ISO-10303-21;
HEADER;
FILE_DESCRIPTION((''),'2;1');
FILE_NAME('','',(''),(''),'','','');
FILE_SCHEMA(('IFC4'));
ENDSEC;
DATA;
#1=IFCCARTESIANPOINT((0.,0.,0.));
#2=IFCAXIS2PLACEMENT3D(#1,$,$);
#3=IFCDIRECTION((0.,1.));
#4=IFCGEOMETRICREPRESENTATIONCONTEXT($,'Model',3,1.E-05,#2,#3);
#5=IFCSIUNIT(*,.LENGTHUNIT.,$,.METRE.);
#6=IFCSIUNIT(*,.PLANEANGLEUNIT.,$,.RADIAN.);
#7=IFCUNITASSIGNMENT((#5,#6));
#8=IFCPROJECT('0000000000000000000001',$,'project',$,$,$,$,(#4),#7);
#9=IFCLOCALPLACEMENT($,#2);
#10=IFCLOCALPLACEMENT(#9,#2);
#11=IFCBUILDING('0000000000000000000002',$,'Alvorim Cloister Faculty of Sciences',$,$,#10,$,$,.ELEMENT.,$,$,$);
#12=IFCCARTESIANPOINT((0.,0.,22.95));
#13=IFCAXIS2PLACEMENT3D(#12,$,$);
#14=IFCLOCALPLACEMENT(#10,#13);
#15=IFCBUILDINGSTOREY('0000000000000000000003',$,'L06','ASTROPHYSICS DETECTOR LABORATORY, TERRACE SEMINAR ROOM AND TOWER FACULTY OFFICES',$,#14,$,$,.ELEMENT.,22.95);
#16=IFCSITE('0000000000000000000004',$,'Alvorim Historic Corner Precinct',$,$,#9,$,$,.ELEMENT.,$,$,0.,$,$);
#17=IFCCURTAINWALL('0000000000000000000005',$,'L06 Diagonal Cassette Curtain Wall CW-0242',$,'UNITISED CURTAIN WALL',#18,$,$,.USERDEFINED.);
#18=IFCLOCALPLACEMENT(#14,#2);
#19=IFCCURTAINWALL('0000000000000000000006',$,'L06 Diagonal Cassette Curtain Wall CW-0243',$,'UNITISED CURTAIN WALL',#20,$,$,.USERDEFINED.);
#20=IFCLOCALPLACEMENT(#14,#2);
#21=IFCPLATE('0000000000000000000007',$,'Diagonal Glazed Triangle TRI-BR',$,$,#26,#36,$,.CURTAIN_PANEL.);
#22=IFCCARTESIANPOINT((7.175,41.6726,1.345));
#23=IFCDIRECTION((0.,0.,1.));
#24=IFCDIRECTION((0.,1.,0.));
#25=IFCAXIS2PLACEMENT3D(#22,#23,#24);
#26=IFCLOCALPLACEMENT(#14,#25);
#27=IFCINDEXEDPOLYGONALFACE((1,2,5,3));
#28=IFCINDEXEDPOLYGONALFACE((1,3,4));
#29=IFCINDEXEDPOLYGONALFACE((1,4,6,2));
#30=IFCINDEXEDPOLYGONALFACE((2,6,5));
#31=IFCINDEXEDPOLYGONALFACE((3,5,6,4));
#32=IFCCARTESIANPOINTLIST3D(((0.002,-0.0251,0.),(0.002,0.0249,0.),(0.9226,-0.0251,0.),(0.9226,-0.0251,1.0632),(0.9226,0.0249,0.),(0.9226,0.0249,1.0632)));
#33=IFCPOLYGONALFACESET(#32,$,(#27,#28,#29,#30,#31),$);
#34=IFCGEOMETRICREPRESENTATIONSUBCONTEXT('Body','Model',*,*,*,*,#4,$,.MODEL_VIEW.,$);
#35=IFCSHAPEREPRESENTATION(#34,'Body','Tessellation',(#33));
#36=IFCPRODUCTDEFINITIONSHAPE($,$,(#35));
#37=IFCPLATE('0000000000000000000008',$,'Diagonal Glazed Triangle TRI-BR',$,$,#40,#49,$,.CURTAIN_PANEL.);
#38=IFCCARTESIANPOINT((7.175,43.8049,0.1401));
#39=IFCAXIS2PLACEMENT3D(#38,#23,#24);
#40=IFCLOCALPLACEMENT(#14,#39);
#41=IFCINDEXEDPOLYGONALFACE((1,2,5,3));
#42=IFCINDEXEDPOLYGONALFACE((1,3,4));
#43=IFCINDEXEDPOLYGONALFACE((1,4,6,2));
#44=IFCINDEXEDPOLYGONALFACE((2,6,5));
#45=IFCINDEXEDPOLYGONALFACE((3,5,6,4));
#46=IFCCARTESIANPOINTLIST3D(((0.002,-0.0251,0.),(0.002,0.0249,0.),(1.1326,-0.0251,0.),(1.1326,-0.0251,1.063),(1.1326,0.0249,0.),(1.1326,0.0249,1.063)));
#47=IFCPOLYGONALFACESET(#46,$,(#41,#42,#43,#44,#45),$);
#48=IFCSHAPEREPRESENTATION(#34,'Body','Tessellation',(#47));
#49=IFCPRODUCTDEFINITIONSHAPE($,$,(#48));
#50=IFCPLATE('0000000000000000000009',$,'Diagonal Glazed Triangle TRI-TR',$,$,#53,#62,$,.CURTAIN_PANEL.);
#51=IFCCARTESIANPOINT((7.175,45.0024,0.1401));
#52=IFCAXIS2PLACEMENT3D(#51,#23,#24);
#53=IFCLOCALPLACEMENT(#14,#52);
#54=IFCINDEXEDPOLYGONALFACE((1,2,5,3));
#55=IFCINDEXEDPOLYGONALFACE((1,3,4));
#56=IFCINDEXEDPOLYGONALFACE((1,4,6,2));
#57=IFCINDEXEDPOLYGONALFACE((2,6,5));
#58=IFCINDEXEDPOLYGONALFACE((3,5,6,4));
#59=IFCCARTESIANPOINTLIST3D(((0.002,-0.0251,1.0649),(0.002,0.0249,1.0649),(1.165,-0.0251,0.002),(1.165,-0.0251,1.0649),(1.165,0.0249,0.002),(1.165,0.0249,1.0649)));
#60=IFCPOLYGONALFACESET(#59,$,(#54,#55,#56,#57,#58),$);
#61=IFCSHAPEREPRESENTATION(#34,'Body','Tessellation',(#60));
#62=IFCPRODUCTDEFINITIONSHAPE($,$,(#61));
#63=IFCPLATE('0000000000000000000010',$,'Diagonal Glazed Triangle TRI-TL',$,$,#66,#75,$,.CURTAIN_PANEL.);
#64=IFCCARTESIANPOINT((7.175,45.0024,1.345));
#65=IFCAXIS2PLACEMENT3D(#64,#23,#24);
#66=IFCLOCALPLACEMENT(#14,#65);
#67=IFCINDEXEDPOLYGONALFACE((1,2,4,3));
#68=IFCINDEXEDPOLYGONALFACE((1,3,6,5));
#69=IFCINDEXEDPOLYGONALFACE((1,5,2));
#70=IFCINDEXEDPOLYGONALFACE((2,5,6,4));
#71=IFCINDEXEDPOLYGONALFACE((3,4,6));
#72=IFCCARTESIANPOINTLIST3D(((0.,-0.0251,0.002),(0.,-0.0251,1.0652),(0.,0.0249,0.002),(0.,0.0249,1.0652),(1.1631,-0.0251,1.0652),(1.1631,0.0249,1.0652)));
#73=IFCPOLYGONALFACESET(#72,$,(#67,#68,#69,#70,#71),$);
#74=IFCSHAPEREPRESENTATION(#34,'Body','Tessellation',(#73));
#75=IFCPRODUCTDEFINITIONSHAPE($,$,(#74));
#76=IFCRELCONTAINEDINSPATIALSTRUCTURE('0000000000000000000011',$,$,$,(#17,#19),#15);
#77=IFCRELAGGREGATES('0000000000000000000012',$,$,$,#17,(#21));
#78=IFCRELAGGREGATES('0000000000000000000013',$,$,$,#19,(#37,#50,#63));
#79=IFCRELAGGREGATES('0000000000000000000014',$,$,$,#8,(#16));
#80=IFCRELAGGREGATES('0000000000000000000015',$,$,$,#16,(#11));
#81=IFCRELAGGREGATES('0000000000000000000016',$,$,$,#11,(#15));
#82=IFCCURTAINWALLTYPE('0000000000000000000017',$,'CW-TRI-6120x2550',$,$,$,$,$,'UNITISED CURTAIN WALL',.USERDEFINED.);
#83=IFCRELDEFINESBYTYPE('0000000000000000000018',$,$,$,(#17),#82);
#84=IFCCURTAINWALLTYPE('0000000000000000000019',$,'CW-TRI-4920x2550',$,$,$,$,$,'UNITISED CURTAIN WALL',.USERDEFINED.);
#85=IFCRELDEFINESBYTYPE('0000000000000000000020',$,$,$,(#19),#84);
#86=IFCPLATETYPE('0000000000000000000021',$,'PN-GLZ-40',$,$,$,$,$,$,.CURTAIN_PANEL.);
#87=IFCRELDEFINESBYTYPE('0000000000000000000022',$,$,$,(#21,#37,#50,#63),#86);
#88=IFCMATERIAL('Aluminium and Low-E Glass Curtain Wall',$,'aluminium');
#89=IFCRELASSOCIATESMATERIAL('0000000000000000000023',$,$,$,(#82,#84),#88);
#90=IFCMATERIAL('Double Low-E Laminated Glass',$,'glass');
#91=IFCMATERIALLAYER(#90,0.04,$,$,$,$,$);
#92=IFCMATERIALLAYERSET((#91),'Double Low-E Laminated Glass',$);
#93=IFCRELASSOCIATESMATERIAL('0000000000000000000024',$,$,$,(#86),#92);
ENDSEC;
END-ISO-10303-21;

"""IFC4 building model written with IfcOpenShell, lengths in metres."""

from ifc_helpers import new_model, si_unit, direction, frame, origin, place, context, subcontext, project, spatial, polyline, outline, extrude, material, layer, layer_set, type_object, element, aggregate, save


model = new_model("IFC4")

# Units and contexts
model_context = context("Model", 3, precision=1e-05, world=origin(), true_north=direction((0.0, 1.0)))
body_context = subcontext(model_context, "Body", "Model", "MODEL_VIEW")
ifc_project = project(units=[si_unit("LENGTHUNIT", "METRE"), si_unit("PLANEANGLEUNIT", "RADIAN")], contexts=[model_context])

# Site, building, storey
site_placement = place(None, origin())
site = spatial("IfcSite", under=ifc_project, at=site_placement, Name="Alvorim Historic Corner Precinct", CompositionType="ELEMENT", RefElevation=0.0)
building_placement = place(site_placement, origin())
building = spatial("IfcBuilding", under=site, at=building_placement, Name="Alvorim Cloister Faculty of Sciences", CompositionType="ELEMENT")
storey_placement = place(building_placement, frame((0.0, 0.0, 22.95)))
storey = spatial("IfcBuildingStorey", under=building, at=storey_placement, Name="L06", Description="ASTROPHYSICS DETECTOR LABORATORY, TERRACE SEMINAR ROOM AND TOWER FACULTY OFFICES", CompositionType="ELEMENT", Elevation=22.95)

# Curtain wall
ifc_material_1 = material(Name="Aluminium and Low-E Glass Curtain Wall", Category="aluminium")
curtain_wall_type_1 = type_object("IfcCurtainWallType", Name="CW-TRI-6120x2550", ElementType="UNITISED CURTAIN WALL", PredefinedType="USERDEFINED", material=ifc_material_1)
curtain_wall_1_placement = place(storey_placement, origin())
curtain_wall_1 = element("IfcCurtainWall", 1, at=curtain_wall_1_placement, inside=storey, type_object=curtain_wall_type_1, Name="L06 Diagonal Cassette Curtain Wall CW-0242", ObjectType="UNITISED CURTAIN WALL", PredefinedType="USERDEFINED")

# Curtain wall
curtain_wall_type_2 = type_object("IfcCurtainWallType", Name="CW-TRI-4920x2550", ElementType="UNITISED CURTAIN WALL", PredefinedType="USERDEFINED", material=ifc_material_1)
curtain_wall_2_placement = place(storey_placement, origin())
curtain_wall_2 = element("IfcCurtainWall", 2, at=curtain_wall_2_placement, inside=storey, type_object=curtain_wall_type_2, Name="L06 Diagonal Cassette Curtain Wall CW-0243", ObjectType="UNITISED CURTAIN WALL", PredefinedType="USERDEFINED")

# Plates
ifc_material_2 = material(Name="Double Low-E Laminated Glass", Category="glass")
ifc_layer_1 = layer(ifc_material_2, 0.04)
ifc_layer_set_1 = layer_set([ifc_layer_1], Name="Double Low-E Laminated Glass")
plate_type = type_object("IfcPlateType", Name="PN-GLZ-40", PredefinedType="CURTAIN_PANEL", material=ifc_layer_set_1)
plate_1_placement = place(storey_placement, frame((7.175, 41.6726, 1.345), z_axis=(0.0, 0.0, 1.0), x_axis=(0.0, 1.0, 0.0)))
plate_1 = element("IfcPlate", 3, at=plate_1_placement, type_object=plate_type, Name="Diagonal Glazed Triangle TRI-BR", PredefinedType="CURTAIN_PANEL", context=body_context, shape_type="SweptSolid", body=[
    extrude(outline(polyline([(0.002, 0.0), (0.9226, 0.0), (0.9226, 1.0632), (0.002, 0.0)])), frame((0.0, 0.0249, 0.0), z_axis=(0.0, -1.0, 0.0), x_axis=(1.0, 0.0, 0.0)), (0.0, 0.0, 1.0), 0.05),
])
aggregate(curtain_wall_1, [plate_1])
plate_2_placement = place(storey_placement, frame((7.175, 43.8049, 0.1401), z_axis=(0.0, 0.0, 1.0), x_axis=(0.0, 1.0, 0.0)))
plate_2 = element("IfcPlate", 4, at=plate_2_placement, type_object=plate_type, Name="Diagonal Glazed Triangle TRI-BR", PredefinedType="CURTAIN_PANEL", context=body_context, shape_type="SweptSolid", body=[
    extrude(outline(polyline([(0.002, 0.0), (1.1326, 0.0), (1.1326, 1.063), (0.002, 0.0)])), frame((0.0, 0.0249, 0.0), z_axis=(0.0, -1.0, 0.0), x_axis=(1.0, 0.0, 0.0)), (0.0, 0.0, 1.0), 0.05),
])
plate_3_placement = place(storey_placement, frame((7.175, 45.0024, 0.1401), z_axis=(0.0, 0.0, 1.0), x_axis=(0.0, 1.0, 0.0)))
plate_3 = element("IfcPlate", 5, at=plate_3_placement, type_object=plate_type, Name="Diagonal Glazed Triangle TRI-TR", PredefinedType="CURTAIN_PANEL", context=body_context, shape_type="SweptSolid", body=[
    extrude(outline(polyline([(1.165, 0.002), (1.165, 1.0649), (0.002, 1.0649), (1.165, 0.002)])), frame((0.0, 0.0249, 0.0), z_axis=(0.0, -1.0, 0.0), x_axis=(1.0, 0.0, 0.0)), (0.0, 0.0, 1.0), 0.05),
])
plate_4_placement = place(storey_placement, frame((7.175, 45.0024, 1.345), z_axis=(0.0, 0.0, 1.0), x_axis=(0.0, 1.0, 0.0)))
plate_4 = element("IfcPlate", 6, at=plate_4_placement, type_object=plate_type, Name="Diagonal Glazed Triangle TRI-TL", PredefinedType="CURTAIN_PANEL", context=body_context, shape_type="SweptSolid", body=[
    extrude(outline(polyline([(1.1631, 1.0652), (0.0, 1.0652), (0.0, 0.002), (1.1631, 1.0652)])), frame((0.0, 0.0249, 0.0), z_axis=(0.0, -1.0, 0.0), x_axis=(1.0, 0.0, 0.0)), (0.0, 0.0, 1.0), 0.05),
])
aggregate(curtain_wall_2, [plate_2, plate_3, plate_4])

save(model, "model.ifc")
